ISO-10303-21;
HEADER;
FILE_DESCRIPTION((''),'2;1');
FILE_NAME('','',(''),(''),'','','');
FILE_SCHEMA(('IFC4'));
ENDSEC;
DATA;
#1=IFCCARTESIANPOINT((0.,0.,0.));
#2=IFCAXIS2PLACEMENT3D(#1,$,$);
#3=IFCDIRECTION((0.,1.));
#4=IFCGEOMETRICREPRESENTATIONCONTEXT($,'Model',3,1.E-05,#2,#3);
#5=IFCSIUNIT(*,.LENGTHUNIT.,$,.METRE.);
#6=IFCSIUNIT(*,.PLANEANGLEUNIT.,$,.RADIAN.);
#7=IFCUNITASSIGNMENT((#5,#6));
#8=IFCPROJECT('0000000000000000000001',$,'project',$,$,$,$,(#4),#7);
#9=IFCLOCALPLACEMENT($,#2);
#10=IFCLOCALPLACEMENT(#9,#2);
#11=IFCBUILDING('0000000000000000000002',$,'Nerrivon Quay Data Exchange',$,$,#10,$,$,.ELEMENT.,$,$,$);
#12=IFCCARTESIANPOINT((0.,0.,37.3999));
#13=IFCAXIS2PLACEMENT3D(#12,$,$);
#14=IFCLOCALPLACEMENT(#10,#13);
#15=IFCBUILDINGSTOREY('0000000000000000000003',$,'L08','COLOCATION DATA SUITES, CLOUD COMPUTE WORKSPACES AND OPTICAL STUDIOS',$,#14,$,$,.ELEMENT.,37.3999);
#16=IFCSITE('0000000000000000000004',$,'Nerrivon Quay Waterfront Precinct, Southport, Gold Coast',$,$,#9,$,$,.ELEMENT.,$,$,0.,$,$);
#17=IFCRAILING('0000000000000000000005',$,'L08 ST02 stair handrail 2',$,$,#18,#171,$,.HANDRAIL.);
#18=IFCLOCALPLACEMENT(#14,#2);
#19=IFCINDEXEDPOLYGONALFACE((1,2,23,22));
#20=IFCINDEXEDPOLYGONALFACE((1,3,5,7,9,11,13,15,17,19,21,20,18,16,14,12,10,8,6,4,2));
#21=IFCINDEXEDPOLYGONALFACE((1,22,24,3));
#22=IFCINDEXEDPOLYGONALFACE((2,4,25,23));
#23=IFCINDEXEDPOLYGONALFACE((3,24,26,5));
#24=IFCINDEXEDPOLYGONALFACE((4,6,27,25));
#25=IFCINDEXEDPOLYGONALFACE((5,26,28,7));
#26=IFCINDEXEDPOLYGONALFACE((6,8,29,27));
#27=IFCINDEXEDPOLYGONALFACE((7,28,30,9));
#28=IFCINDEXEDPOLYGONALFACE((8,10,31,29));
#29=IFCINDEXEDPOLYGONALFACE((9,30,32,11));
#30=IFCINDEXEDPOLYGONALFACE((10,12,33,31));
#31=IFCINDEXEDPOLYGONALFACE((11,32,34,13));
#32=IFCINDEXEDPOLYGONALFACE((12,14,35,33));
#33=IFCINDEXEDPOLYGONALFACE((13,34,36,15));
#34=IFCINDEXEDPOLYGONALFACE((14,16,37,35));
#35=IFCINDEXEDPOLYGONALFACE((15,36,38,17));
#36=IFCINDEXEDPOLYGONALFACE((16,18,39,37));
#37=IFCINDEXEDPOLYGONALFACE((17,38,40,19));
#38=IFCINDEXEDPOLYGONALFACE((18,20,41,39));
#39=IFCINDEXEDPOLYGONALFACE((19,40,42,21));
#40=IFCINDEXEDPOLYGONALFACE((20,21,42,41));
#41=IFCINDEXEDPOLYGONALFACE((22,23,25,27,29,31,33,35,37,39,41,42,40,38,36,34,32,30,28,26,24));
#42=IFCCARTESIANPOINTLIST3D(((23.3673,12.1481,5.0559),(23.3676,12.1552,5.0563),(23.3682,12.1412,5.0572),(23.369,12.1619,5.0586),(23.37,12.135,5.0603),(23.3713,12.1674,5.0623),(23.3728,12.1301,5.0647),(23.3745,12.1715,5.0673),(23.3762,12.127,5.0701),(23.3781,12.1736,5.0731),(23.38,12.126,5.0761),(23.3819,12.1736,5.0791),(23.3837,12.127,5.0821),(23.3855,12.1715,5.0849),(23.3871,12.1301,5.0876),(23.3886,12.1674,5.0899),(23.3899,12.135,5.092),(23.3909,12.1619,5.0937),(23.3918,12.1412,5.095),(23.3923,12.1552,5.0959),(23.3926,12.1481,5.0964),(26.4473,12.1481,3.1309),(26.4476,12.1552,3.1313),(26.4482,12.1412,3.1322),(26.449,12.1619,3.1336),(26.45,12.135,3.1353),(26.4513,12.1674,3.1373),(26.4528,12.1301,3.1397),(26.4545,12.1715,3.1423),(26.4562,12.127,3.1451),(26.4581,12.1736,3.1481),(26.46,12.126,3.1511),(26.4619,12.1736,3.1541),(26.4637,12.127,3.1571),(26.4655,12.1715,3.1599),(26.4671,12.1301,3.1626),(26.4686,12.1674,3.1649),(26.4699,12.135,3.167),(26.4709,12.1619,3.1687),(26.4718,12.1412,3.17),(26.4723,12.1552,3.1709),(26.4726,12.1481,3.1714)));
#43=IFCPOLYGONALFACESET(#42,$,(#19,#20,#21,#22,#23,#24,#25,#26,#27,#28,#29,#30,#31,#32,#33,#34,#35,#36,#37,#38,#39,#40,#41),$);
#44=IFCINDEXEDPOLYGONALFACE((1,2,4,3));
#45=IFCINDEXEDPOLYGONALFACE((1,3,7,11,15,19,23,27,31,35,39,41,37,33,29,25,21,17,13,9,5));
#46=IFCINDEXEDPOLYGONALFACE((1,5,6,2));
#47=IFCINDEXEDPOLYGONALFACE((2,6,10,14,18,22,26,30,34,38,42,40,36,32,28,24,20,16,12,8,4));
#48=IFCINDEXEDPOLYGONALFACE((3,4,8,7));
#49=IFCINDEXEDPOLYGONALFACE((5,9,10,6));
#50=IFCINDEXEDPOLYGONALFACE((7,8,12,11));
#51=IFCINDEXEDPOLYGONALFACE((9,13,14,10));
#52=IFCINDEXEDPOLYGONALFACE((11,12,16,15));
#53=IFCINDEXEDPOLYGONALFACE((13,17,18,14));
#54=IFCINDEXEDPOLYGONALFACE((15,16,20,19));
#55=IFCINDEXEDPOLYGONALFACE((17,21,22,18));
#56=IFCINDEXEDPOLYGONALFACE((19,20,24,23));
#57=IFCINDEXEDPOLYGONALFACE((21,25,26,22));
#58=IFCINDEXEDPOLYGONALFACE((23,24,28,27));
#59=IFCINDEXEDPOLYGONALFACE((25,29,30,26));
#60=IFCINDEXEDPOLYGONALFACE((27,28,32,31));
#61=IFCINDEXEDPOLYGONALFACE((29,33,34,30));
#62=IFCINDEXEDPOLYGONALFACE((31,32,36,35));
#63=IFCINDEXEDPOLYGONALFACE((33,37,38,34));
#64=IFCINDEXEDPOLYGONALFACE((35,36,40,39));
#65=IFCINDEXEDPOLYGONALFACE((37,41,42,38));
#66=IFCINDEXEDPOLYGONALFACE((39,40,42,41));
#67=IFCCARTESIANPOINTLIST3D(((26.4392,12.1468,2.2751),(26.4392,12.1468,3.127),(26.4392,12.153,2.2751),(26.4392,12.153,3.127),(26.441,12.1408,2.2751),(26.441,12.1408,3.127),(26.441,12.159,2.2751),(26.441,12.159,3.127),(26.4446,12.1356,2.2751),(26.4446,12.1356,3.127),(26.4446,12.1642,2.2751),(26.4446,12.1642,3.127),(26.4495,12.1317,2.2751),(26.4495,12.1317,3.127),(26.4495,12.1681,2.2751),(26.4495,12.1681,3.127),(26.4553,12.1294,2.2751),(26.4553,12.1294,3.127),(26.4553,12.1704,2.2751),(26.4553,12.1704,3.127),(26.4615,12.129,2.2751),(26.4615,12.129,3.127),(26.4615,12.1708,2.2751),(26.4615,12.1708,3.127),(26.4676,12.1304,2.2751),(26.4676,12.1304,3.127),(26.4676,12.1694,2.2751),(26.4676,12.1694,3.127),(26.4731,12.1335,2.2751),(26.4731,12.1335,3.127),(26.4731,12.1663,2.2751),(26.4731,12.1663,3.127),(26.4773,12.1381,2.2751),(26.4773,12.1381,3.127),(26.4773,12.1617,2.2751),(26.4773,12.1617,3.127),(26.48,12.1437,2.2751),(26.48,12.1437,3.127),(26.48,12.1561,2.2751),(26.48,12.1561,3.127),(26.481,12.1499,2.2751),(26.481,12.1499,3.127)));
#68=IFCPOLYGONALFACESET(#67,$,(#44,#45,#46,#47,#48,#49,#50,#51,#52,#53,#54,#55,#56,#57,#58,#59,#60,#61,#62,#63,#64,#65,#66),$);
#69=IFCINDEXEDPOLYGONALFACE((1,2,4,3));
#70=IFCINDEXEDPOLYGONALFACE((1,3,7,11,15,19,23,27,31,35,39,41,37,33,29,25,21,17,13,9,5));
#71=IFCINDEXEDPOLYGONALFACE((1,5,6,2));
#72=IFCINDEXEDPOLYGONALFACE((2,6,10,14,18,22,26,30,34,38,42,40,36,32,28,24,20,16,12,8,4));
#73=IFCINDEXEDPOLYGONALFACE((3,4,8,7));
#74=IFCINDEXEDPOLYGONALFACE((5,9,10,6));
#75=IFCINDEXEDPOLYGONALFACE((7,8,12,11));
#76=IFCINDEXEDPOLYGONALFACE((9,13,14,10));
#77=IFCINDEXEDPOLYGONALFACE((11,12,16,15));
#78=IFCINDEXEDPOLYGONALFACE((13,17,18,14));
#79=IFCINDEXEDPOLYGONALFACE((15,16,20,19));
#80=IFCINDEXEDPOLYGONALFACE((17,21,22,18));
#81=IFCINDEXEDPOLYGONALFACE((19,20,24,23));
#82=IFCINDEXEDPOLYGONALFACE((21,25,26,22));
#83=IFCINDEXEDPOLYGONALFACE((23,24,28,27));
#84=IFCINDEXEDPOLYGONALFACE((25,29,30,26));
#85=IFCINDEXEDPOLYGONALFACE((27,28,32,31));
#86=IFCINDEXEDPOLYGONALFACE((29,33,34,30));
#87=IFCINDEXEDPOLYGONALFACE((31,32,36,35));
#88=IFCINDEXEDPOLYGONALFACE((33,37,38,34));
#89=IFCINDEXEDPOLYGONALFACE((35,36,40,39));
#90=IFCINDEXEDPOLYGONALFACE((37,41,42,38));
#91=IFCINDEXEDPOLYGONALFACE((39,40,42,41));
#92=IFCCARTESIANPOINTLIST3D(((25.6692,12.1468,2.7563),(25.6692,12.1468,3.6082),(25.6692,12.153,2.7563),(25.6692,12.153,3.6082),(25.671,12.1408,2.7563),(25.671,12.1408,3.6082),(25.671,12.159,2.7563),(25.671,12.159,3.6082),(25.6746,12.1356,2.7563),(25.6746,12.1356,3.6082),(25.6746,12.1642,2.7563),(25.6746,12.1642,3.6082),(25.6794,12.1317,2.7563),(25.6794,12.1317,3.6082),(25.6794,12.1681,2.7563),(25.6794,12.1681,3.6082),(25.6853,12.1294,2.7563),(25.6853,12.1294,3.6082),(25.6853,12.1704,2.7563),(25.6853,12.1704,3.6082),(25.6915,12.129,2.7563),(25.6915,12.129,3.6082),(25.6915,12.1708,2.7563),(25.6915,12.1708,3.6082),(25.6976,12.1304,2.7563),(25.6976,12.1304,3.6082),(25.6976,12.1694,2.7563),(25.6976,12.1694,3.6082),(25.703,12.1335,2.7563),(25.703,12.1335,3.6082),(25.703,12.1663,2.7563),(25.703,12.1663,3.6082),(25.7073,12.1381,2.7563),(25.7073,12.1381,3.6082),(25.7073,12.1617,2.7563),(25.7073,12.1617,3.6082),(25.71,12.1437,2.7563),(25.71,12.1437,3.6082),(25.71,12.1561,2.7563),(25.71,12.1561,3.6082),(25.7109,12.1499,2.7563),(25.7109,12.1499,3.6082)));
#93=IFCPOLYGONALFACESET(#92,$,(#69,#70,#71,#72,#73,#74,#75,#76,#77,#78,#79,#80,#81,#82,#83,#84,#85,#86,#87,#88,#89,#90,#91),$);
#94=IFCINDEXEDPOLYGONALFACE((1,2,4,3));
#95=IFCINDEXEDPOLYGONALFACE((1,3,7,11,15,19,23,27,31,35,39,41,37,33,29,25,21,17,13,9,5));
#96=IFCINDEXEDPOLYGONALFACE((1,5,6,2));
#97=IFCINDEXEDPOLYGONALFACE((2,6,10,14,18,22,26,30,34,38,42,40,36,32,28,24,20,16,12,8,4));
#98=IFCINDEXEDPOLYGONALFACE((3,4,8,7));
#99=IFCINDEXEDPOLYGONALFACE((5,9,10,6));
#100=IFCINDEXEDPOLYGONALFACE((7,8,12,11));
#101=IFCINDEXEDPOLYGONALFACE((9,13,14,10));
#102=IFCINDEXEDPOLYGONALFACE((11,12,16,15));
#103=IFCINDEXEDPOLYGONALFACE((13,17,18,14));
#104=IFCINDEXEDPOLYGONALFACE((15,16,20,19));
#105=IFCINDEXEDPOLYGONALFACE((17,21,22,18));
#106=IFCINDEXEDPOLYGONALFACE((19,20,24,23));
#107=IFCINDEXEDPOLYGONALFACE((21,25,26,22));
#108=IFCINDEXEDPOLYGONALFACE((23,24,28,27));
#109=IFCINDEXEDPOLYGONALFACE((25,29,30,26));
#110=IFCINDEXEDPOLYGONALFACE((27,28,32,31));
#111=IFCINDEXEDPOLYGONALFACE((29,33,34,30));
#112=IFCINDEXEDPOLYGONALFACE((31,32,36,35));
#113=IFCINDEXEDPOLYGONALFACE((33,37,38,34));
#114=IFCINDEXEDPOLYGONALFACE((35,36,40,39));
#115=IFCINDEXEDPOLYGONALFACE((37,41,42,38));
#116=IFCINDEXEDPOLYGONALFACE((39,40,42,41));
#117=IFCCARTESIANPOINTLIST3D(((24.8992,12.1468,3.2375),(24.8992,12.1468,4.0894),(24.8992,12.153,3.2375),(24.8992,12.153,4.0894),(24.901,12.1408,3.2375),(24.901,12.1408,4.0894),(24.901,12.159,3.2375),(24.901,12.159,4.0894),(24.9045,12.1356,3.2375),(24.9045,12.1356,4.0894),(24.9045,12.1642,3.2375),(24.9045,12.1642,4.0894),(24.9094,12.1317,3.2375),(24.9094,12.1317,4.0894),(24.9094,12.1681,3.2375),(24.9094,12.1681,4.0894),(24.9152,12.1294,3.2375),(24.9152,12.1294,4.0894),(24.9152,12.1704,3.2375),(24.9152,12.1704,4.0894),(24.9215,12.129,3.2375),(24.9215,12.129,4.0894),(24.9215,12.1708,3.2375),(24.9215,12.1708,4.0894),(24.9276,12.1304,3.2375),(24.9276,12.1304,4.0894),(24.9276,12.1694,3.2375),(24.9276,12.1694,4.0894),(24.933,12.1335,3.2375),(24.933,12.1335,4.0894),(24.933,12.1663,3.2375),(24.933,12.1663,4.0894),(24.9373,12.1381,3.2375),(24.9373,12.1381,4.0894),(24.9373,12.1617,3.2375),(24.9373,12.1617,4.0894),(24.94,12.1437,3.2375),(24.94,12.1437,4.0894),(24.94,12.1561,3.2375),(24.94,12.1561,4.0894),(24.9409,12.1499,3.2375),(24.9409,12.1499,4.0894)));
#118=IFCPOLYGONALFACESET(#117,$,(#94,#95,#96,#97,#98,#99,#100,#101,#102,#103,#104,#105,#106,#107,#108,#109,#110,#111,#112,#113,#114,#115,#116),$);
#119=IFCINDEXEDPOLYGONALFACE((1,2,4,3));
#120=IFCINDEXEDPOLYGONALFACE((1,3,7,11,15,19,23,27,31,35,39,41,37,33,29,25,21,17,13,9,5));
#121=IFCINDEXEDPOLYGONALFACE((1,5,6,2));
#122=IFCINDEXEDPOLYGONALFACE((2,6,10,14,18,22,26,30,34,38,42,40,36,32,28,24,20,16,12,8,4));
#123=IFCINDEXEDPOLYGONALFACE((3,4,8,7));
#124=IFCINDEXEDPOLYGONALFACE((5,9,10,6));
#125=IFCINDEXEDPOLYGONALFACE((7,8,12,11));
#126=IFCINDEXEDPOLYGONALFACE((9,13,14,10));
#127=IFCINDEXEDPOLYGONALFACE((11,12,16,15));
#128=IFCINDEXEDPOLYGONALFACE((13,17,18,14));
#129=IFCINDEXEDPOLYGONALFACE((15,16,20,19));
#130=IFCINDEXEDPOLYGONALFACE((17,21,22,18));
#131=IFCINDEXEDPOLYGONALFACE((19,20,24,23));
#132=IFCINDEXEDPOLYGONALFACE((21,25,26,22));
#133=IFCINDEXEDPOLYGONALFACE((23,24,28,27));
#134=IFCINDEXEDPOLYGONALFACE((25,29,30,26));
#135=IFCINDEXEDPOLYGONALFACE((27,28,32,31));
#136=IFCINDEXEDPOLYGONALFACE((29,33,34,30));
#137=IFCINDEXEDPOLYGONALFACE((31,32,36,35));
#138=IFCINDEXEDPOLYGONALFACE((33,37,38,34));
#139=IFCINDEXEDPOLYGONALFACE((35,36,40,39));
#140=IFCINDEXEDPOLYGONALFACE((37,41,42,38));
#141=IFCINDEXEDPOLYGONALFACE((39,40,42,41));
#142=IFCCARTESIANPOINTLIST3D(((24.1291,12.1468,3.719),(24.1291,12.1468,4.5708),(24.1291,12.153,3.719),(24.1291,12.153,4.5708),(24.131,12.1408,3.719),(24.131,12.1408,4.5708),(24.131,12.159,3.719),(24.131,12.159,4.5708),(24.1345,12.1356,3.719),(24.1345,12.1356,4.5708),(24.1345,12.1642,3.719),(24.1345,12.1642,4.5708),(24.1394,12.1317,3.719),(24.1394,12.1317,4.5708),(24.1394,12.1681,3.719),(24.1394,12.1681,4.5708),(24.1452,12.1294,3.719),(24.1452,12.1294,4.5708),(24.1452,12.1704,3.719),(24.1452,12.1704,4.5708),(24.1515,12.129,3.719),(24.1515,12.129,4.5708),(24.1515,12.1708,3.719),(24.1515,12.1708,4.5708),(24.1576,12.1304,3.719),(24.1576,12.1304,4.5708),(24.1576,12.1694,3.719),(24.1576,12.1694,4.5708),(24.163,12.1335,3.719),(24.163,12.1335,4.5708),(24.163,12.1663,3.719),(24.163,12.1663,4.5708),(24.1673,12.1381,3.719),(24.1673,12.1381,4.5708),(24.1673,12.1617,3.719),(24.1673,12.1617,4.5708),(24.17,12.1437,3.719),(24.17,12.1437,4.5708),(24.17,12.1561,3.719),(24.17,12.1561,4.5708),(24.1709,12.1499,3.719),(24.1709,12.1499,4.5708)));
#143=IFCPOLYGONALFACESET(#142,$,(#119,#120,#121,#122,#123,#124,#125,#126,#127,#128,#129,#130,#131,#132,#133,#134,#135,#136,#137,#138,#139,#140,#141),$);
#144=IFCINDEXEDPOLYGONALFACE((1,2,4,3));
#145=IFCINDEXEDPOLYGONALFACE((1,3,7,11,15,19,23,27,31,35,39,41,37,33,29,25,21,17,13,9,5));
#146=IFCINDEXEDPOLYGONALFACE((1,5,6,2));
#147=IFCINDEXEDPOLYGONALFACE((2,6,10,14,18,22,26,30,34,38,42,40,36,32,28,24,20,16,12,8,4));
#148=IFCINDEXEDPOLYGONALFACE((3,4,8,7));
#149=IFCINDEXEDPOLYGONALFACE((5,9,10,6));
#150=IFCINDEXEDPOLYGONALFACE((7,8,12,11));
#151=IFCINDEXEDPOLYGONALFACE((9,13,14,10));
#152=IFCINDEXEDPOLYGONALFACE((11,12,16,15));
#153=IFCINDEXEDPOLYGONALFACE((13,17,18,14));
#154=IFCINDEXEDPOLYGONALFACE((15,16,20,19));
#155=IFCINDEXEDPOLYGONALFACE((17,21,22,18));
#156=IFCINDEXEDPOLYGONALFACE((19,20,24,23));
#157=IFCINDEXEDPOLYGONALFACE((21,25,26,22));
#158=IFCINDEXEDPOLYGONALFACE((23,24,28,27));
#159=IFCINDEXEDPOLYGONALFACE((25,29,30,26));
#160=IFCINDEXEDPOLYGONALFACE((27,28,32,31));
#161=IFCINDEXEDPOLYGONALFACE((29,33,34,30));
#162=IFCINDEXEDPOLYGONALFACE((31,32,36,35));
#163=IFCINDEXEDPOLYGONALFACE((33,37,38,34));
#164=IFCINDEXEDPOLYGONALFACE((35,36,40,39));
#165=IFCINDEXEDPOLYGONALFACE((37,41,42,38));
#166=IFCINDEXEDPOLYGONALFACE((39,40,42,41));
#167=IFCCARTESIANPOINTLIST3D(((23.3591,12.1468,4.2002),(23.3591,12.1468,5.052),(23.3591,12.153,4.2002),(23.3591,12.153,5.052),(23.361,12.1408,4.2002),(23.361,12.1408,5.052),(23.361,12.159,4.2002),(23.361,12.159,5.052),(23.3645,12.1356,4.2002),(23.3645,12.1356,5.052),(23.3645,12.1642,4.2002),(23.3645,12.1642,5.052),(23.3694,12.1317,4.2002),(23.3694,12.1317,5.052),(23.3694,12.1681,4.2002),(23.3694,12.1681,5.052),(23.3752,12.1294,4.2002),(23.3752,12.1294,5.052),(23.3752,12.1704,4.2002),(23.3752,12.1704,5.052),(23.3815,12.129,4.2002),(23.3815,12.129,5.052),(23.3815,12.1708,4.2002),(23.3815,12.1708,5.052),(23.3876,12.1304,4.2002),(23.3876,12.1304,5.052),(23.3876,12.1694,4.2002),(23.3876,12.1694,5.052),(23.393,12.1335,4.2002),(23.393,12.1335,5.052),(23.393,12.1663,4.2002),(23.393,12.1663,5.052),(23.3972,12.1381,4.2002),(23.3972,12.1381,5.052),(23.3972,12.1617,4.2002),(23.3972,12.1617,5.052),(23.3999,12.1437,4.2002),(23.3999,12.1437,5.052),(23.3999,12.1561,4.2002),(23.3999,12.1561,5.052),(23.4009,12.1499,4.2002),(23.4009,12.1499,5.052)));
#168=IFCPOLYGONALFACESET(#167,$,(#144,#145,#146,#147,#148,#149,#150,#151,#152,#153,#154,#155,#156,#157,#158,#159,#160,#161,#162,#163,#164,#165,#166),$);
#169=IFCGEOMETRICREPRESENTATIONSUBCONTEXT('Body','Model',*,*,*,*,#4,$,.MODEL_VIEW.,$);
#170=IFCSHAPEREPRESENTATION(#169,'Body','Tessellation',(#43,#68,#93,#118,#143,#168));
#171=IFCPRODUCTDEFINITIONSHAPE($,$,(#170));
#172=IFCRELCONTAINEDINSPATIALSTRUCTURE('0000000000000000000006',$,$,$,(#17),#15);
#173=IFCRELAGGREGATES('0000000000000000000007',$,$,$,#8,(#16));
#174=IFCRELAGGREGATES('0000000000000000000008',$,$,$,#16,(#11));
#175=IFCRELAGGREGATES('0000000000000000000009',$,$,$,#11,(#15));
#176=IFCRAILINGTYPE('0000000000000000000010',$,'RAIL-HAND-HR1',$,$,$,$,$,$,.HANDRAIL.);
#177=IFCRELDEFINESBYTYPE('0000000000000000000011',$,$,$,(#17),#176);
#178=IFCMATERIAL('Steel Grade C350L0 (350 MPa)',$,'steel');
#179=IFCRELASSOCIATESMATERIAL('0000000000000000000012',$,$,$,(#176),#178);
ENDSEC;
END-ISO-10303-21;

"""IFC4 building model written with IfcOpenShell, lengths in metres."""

from ifc_helpers import new_model, si_unit, direction, frame, origin, origin_2d, place, context, subcontext, project, spatial, circle, extrude, material, type_object, element, save


model = new_model("IFC4")

# Units and contexts
model_context = context("Model", 3, precision=1e-05, world=origin(), true_north=direction((0.0, 1.0)))
body_context = subcontext(model_context, "Body", "Model", "MODEL_VIEW")
ifc_project = project(units=[si_unit("LENGTHUNIT", "METRE"), si_unit("PLANEANGLEUNIT", "RADIAN")], contexts=[model_context])

# Site, building, storey
site_placement = place(None, origin())
site = spatial("IfcSite", under=ifc_project, at=site_placement, Name="Nerrivon Quay Waterfront Precinct, Southport, Gold Coast", CompositionType="ELEMENT", RefElevation=0.0)
building_placement = place(site_placement, origin())
building = spatial("IfcBuilding", under=site, at=building_placement, Name="Nerrivon Quay Data Exchange", CompositionType="ELEMENT")
storey_placement = place(building_placement, frame((0.0, 0.0, 37.3999)))
storey = spatial("IfcBuildingStorey", under=building, at=storey_placement, Name="L08", Description="COLOCATION DATA SUITES, CLOUD COMPUTE WORKSPACES AND OPTICAL STUDIOS", CompositionType="ELEMENT", Elevation=37.3999)

# Railing
ifc_material_1 = material(Name="Steel Grade C350L0 (350 MPa)", Category="steel")
railing_type_1 = type_object("IfcRailingType", Name="RAIL-HAND-HR1", PredefinedType="HANDRAIL", material=ifc_material_1)
railing_1_placement = place(storey_placement, frame((26.46, 12.1499, 2.2751)))
element("IfcRailing", 1, at=railing_1_placement, inside=storey, type_object=railing_type_1, Name="L08 ST02 stair handrail 2", PredefinedType="HANDRAIL", context=body_context, shape_type="SweptSolid", body=[
    extrude(circle(Radius=0.0239, at=origin_2d()), frame((0.0, 0.0, 0.876), z_axis=(-0.847998, 0.0, 0.529999), x_axis=(0.0, -1.0, 0.0)), (0.0, 0.0, 1.0), 3.6321),
    extrude(circle(Radius=0.021, at=origin_2d()), origin(), (0.0, 0.0, 1.0), 0.8518),
    extrude(circle(Radius=0.021, at=origin_2d()), frame((-0.77, 0.0, 0.4812)), (0.0, 0.0, 1.0), 0.8518),
    extrude(circle(Radius=0.021, at=origin_2d()), frame((-1.54, 0.0, 0.9624)), (0.0, 0.0, 1.0), 0.8518),
    extrude(circle(Radius=0.021, at=origin_2d()), frame((-2.3101, 0.0, 1.4438)), (0.0, 0.0, 1.0), 0.8518),
    extrude(circle(Radius=0.021, at=origin_2d()), frame((-3.0801, 0.0, 1.925)), (0.0, 0.0, 1.0), 0.8518),
])

save(model, "model.ifc")
